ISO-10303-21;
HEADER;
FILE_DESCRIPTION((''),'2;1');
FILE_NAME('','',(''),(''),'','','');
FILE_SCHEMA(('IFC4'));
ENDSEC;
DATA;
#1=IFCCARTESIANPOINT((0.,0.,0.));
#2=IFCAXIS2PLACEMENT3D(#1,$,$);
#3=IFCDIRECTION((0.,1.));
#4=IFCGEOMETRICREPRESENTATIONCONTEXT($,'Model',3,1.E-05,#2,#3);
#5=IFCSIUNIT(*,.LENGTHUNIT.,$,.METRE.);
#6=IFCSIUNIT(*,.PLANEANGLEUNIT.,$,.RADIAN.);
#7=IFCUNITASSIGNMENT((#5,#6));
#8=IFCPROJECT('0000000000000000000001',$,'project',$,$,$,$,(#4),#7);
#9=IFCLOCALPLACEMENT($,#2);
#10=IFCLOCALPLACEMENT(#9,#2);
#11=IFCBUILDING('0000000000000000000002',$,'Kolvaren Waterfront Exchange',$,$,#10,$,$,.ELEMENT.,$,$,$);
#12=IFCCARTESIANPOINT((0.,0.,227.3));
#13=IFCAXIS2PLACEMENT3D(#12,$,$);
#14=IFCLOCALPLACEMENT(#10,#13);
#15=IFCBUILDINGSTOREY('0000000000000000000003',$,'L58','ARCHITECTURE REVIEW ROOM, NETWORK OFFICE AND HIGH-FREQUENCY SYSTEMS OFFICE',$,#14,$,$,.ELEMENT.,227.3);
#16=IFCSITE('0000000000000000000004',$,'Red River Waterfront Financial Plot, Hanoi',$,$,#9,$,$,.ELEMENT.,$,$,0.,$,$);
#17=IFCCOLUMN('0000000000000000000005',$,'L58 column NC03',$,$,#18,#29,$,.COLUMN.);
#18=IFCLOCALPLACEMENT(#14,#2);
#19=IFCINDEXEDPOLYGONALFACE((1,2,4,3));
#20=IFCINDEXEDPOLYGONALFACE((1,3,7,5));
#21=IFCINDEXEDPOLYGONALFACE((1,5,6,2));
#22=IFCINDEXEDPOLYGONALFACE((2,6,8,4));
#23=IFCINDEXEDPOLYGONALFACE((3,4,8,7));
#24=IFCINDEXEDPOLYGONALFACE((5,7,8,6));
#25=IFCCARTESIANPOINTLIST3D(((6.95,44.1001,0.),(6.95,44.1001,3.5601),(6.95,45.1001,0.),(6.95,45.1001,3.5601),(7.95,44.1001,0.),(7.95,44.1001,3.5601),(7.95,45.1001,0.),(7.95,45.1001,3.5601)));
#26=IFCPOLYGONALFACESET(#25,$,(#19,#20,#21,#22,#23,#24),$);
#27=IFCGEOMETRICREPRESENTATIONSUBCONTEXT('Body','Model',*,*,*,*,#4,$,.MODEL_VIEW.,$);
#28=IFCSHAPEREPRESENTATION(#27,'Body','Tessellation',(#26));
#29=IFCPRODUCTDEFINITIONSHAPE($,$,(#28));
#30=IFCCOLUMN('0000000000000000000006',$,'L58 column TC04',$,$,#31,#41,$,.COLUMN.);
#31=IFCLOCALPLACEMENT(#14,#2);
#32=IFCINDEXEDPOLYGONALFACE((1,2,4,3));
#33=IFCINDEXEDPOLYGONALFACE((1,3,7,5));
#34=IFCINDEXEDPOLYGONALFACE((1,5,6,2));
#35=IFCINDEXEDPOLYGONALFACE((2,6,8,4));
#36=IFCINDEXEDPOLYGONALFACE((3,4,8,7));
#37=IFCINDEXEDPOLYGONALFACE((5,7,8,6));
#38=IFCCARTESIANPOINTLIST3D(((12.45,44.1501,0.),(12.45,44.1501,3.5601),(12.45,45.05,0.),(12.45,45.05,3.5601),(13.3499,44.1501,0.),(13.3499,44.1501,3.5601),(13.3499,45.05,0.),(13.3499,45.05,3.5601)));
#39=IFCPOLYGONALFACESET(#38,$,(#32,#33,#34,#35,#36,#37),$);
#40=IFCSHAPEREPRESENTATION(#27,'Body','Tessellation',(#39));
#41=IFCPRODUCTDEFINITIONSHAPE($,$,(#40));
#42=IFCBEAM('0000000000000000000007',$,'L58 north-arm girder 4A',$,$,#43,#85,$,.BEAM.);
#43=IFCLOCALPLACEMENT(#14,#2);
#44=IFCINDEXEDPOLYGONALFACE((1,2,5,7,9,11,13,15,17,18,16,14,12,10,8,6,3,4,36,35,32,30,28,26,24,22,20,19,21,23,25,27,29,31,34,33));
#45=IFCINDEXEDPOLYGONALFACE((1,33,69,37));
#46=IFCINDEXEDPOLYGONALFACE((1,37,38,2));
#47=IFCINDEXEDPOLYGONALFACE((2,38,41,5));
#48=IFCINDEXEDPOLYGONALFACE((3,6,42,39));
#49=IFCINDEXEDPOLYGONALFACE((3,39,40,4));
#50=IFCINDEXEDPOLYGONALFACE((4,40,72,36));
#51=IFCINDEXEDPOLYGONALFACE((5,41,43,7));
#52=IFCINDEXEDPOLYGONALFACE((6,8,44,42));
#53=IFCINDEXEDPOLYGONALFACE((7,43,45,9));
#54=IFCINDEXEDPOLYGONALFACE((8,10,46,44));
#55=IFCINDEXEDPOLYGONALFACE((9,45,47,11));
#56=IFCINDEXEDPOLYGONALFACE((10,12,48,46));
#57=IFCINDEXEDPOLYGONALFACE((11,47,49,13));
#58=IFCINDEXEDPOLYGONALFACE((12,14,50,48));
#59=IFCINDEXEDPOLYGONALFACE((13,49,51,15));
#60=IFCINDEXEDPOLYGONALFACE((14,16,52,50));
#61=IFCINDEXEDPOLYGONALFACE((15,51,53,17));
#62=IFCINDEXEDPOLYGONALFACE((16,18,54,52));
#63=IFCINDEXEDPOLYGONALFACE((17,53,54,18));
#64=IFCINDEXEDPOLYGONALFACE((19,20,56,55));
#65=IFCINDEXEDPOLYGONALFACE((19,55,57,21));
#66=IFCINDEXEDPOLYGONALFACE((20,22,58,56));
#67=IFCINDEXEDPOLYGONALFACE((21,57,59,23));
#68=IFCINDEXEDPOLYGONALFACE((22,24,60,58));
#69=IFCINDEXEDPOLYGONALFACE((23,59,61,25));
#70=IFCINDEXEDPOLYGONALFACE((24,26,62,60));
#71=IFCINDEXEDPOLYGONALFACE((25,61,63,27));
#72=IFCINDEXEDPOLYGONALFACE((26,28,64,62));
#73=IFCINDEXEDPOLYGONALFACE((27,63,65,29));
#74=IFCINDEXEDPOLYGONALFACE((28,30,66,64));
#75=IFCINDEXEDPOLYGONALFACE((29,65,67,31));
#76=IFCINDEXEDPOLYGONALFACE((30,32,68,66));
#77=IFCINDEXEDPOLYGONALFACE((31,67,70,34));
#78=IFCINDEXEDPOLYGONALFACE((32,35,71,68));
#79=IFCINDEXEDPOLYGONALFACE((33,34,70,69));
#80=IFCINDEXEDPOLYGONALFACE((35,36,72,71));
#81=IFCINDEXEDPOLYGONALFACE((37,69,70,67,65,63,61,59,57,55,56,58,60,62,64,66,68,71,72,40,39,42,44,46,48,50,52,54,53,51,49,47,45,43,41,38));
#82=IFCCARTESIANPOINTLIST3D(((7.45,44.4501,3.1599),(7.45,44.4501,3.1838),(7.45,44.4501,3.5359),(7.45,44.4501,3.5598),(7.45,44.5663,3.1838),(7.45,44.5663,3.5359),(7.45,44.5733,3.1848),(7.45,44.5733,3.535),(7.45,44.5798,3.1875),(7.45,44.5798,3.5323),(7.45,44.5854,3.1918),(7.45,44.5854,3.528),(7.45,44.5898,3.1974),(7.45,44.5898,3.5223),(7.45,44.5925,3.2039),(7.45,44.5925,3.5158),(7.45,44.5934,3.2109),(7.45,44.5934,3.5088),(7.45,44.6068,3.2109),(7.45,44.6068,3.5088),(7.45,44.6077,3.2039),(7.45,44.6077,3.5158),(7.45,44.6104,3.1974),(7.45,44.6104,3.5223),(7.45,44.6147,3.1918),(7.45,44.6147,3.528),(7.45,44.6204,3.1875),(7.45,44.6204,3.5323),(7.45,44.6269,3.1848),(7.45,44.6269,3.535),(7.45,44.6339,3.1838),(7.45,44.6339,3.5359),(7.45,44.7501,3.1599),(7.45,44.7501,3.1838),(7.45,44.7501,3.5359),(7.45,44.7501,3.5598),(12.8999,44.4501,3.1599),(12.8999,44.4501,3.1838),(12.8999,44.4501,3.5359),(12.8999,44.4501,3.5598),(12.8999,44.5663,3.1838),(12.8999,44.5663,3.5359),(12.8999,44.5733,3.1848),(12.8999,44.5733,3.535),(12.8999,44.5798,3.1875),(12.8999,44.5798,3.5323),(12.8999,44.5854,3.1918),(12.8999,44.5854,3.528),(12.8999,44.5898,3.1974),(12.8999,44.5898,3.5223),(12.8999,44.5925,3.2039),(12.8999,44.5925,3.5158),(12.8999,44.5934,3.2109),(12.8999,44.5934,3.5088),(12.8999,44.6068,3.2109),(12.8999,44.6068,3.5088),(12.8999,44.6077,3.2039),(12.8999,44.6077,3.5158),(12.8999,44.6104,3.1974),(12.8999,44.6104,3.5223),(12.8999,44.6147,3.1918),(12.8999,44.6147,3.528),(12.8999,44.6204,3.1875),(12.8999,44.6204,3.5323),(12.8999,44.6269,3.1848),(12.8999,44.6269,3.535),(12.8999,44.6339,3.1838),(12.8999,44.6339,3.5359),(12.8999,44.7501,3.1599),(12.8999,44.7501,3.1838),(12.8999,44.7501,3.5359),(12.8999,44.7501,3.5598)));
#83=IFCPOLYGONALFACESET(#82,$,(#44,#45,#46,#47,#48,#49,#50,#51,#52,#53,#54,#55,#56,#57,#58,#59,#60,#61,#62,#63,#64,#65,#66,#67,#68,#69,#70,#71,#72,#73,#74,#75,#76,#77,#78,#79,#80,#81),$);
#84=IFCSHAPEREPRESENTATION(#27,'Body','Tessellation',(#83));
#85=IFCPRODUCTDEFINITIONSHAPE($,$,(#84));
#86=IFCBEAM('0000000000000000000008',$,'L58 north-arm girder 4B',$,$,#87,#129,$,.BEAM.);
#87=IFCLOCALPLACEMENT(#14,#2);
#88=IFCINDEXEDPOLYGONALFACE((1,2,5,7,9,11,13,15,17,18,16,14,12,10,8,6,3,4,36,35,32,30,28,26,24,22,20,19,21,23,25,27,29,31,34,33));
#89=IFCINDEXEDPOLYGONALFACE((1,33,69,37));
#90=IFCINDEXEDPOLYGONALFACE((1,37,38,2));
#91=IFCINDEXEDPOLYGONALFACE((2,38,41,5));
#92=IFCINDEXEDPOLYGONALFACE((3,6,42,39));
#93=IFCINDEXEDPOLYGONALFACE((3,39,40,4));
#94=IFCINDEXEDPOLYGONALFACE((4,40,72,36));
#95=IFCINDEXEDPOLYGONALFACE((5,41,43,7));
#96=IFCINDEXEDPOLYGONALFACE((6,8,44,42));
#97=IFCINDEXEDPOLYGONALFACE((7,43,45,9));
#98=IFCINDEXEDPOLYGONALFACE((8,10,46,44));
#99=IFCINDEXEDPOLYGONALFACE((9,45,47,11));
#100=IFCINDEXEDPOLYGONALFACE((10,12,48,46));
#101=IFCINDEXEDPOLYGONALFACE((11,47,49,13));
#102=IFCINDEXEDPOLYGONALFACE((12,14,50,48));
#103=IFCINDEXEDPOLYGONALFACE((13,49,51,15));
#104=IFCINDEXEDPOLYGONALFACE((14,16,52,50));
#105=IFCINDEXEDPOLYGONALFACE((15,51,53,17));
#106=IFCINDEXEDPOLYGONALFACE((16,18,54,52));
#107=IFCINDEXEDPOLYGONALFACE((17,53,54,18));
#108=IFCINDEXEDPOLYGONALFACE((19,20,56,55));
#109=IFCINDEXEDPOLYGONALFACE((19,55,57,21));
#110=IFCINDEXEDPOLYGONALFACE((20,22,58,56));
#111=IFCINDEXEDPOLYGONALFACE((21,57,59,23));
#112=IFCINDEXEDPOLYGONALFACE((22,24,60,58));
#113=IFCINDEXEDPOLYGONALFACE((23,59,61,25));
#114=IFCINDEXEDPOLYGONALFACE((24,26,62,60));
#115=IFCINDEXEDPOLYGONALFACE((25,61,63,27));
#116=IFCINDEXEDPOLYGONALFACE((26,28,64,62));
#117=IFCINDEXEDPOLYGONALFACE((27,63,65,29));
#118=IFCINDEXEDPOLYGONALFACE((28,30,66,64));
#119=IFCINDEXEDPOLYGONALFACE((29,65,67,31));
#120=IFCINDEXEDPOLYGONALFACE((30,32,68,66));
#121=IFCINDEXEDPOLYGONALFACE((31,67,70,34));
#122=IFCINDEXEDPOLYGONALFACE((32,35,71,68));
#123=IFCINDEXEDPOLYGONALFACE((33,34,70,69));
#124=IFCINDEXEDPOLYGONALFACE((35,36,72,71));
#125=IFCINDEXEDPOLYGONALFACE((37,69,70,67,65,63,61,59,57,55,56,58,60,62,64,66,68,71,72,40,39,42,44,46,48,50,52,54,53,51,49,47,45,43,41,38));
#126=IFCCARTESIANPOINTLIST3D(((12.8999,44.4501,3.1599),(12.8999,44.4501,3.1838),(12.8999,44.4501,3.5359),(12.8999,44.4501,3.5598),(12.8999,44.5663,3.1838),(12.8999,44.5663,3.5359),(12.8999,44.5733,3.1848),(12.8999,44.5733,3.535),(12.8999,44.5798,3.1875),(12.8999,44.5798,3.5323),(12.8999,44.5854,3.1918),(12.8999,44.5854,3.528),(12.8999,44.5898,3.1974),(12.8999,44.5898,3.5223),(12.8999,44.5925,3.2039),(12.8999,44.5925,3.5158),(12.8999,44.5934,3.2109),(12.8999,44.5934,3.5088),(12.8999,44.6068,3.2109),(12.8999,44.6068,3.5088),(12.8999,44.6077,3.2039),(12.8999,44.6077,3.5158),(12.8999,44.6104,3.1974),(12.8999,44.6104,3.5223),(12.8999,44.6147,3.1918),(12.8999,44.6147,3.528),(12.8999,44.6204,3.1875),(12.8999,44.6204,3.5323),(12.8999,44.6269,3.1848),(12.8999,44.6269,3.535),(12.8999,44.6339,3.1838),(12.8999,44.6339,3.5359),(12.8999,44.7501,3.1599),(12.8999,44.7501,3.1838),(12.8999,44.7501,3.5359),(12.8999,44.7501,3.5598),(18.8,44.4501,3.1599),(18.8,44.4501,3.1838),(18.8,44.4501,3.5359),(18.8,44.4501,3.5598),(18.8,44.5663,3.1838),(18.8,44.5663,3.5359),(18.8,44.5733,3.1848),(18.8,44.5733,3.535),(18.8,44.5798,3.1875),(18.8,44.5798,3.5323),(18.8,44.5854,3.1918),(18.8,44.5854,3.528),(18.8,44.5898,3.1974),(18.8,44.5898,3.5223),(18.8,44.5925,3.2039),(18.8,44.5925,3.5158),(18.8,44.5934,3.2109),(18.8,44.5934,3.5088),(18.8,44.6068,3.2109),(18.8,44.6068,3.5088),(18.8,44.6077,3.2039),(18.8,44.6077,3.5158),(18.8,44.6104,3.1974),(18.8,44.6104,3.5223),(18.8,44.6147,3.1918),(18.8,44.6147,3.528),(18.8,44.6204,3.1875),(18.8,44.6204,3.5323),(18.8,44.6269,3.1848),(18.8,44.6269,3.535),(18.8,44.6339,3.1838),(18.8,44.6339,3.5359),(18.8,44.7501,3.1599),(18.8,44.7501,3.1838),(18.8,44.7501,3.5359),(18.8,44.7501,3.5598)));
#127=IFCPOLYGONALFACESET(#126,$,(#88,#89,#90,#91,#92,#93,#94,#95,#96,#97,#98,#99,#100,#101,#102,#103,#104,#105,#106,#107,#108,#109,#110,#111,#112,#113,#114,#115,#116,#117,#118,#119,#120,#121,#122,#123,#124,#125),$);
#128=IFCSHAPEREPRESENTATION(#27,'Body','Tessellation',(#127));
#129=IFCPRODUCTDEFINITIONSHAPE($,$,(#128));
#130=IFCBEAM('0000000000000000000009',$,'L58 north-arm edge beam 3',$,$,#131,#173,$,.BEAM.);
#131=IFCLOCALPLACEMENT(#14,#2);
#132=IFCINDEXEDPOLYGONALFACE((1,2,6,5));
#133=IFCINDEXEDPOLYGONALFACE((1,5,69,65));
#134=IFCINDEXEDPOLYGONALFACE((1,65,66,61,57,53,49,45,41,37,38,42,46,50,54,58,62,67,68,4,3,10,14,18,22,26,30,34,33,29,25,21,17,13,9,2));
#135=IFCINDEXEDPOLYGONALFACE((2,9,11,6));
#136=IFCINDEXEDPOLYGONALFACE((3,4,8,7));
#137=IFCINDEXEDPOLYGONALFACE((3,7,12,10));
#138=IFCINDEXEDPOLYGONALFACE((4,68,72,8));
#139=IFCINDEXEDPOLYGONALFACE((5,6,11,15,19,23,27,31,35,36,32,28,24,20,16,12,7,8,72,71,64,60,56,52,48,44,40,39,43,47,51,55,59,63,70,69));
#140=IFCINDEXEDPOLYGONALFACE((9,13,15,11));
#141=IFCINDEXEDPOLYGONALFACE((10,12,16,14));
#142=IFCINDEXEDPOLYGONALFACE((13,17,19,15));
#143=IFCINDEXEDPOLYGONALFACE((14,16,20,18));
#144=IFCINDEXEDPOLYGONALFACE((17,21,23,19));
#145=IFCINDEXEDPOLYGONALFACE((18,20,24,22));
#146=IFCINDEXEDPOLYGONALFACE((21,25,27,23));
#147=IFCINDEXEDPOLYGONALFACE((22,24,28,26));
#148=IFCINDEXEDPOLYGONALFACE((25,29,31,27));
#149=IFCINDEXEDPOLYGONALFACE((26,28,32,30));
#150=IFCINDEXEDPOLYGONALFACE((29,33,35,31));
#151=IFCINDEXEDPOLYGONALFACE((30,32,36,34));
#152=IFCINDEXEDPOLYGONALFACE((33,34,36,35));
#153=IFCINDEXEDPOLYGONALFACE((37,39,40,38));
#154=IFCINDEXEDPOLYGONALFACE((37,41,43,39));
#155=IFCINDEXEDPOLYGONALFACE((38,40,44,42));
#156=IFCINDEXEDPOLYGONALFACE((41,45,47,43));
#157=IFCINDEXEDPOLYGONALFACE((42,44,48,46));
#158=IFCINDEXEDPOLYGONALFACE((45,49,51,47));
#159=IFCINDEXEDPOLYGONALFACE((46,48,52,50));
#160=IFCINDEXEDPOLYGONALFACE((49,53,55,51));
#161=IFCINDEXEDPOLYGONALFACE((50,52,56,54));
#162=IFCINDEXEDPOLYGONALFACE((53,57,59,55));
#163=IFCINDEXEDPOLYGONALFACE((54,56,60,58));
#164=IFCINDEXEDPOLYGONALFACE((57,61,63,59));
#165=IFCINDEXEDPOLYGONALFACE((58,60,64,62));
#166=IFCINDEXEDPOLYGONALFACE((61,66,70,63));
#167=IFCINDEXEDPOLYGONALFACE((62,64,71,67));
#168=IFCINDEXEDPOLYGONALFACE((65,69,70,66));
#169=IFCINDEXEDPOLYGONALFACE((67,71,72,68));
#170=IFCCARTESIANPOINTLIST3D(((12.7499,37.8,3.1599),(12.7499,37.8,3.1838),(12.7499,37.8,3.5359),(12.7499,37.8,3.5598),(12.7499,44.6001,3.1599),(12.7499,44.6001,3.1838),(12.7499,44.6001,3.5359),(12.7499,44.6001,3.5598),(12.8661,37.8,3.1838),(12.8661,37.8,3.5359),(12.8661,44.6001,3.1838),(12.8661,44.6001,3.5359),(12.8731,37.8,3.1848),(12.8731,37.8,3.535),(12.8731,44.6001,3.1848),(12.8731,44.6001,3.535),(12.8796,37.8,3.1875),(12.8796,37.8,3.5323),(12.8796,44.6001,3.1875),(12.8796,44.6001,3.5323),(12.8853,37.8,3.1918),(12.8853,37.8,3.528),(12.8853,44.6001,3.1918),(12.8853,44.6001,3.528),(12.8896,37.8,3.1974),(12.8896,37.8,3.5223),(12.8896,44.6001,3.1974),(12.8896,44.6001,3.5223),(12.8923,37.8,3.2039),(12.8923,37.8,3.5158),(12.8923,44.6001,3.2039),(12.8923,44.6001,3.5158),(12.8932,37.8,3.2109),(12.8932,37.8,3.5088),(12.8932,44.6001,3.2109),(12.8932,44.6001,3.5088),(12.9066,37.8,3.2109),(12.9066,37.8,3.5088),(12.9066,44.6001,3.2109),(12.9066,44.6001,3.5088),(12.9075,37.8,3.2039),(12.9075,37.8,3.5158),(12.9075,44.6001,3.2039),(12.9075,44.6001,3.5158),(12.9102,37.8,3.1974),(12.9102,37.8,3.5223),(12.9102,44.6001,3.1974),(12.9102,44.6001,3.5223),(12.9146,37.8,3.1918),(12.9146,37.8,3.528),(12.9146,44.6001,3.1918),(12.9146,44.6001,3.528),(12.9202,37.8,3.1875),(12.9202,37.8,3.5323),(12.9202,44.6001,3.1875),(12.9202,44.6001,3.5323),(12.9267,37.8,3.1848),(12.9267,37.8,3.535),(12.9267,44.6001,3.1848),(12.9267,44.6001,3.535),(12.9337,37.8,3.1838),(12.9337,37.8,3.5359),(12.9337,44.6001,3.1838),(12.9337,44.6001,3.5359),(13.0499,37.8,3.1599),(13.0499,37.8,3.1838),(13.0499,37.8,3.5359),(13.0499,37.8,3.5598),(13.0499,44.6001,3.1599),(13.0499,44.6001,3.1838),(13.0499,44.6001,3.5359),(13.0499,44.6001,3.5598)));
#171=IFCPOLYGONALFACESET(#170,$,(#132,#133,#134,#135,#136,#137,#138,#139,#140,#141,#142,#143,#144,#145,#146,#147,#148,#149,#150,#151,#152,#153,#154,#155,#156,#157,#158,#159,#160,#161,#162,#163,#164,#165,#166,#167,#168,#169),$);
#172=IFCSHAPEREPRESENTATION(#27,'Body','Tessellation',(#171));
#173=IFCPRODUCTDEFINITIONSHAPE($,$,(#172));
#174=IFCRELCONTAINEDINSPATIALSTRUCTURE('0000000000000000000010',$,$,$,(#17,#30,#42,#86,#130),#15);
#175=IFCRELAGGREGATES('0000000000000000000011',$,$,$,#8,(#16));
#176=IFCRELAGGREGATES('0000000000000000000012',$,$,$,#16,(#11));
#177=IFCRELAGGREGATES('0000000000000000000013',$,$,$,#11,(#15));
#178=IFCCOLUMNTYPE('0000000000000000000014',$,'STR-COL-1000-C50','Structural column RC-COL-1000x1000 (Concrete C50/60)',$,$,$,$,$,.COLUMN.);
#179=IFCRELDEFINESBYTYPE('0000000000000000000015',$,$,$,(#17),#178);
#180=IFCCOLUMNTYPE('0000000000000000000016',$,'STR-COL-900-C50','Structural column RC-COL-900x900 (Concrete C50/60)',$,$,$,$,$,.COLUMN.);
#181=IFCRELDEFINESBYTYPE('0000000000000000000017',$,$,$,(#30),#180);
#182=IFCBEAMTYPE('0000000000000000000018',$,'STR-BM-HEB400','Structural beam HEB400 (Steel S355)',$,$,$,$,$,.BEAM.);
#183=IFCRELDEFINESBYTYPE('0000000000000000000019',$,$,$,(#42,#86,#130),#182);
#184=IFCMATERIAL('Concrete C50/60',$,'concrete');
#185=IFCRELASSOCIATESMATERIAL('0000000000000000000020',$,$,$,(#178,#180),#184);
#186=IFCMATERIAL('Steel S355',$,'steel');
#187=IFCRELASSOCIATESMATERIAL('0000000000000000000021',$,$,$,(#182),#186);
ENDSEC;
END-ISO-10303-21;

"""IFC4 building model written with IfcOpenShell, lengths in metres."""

from ifc_helpers import new_model, si_unit, direction, frame, origin, origin_2d, place, context, subcontext, project, spatial, rectangle, i_section, extrude, material, material_profile, profile_set, type_object, element, save


model = new_model("IFC4")

# Units and contexts
model_context = context("Model", 3, precision=1e-05, world=origin(), true_north=direction((0.0, 1.0)))
body_context = subcontext(model_context, "Body", "Model", "MODEL_VIEW")
ifc_project = project(units=[si_unit("LENGTHUNIT", "METRE"), si_unit("PLANEANGLEUNIT", "RADIAN")], contexts=[model_context])

# Site, building, storey
site_placement = place(None, origin())
site = spatial("IfcSite", under=ifc_project, at=site_placement, Name="Red River Waterfront Financial Plot, Hanoi", CompositionType="ELEMENT", RefElevation=0.0)
building_placement = place(site_placement, origin())
building = spatial("IfcBuilding", under=site, at=building_placement, Name="Kolvaren Waterfront Exchange", CompositionType="ELEMENT")
storey_placement = place(building_placement, frame((0.0, 0.0, 227.3)))
storey = spatial("IfcBuildingStorey", under=building, at=storey_placement, Name="L58", Description="ARCHITECTURE REVIEW ROOM, NETWORK OFFICE AND HIGH-FREQUENCY SYSTEMS OFFICE", CompositionType="ELEMENT", Elevation=227.3)

# Columns
ifc_material_1 = material(Name="Concrete C50/60", Category="concrete")
ifc_material_profile_1 = material_profile(ifc_material_1, rectangle(XDim=1.0, YDim=1.0, at=origin_2d()), Name="RC-COL-1000x1000")
ifc_profile_set_1 = profile_set([ifc_material_profile_1], Name="Concrete C50/60")
column_type_1 = type_object("IfcColumnType", Name="STR-COL-1000-C50", Description="Structural column RC-COL-1000x1000 (Concrete C50/60)", PredefinedType="COLUMN", material=ifc_profile_set_1)
column_1_placement = place(storey_placement, frame((7.45, 44.6001, 0.0), z_axis=(0.0, 0.0, 1.0), x_axis=(1.0, 0.0, 0.0)))
element("IfcColumn", 1, at=column_1_placement, inside=storey, type_object=column_type_1, Name="L58 column NC03", PredefinedType="COLUMN", context=body_context, shape_type="SweptSolid", body=[
    extrude(rectangle(XDim=1.0, YDim=1.0, at=origin_2d()), origin(), (0.0, 0.0, 1.0), 3.5601),
])
ifc_material_profile_2 = material_profile(ifc_material_1, rectangle(XDim=0.8999, YDim=0.8999, at=origin_2d()), Name="RC-COL-900x900")
ifc_profile_set_2 = profile_set([ifc_material_profile_2], Name="Concrete C50/60")
column_type_2 = type_object("IfcColumnType", Name="STR-COL-900-C50", Description="Structural column RC-COL-900x900 (Concrete C50/60)", PredefinedType="COLUMN", material=ifc_profile_set_2)
column_2_placement = place(storey_placement, frame((12.8999, 44.6001, 0.0), z_axis=(0.0, 0.0, 1.0), x_axis=(1.0, 0.0, 0.0)))
element("IfcColumn", 2, at=column_2_placement, inside=storey, type_object=column_type_2, Name="L58 column TC04", PredefinedType="COLUMN", context=body_context, shape_type="SweptSolid", body=[
    extrude(rectangle(XDim=0.8999, YDim=0.8999, at=origin_2d()), origin(), (0.0, 0.0, 1.0), 3.5601),
])

# Beams
ifc_material_2 = material(Name="Steel S355", Category="steel")
ifc_material_profile_3 = material_profile(ifc_material_2, i_section(OverallWidth=0.3, OverallDepth=0.3999, WebThickness=0.0134, FlangeThickness=0.0239, FilletRadius=0.0271, at=origin_2d()), Name="HEB400")
ifc_profile_set_3 = profile_set([ifc_material_profile_3], Name="Steel S355")
beam_type_1 = type_object("IfcBeamType", Name="STR-BM-HEB400", Description="Structural beam HEB400 (Steel S355)", PredefinedType="BEAM", material=ifc_profile_set_3)
beam_1_placement = place(storey_placement, frame((7.45, 44.6001, 3.3599), z_axis=(1.0, 0.0, 0.0), x_axis=(0.0, 1.0, 0.0)))
element("IfcBeam", 3, at=beam_1_placement, inside=storey, type_object=beam_type_1, Name="L58 north-arm girder 4A", PredefinedType="BEAM", context=body_context, shape_type="SweptSolid", body=[
    extrude(i_section(OverallWidth=0.3, OverallDepth=0.3999, WebThickness=0.0134, FlangeThickness=0.0239, FilletRadius=0.0271, at=origin_2d()), origin(), (0.0, 0.0, 1.0), 5.45),
])
beam_2_placement = place(storey_placement, frame((12.8999, 44.6001, 3.3599), z_axis=(1.0, 0.0, 0.0), x_axis=(0.0, 1.0, 0.0)))
element("IfcBeam", 4, at=beam_2_placement, inside=storey, type_object=beam_type_1, Name="L58 north-arm girder 4B", PredefinedType="BEAM", context=body_context, shape_type="SweptSolid", body=[
    extrude(i_section(OverallWidth=0.3, OverallDepth=0.3999, WebThickness=0.0134, FlangeThickness=0.0239, FilletRadius=0.0271, at=origin_2d()), origin(), (0.0, 0.0, 1.0), 5.9001),
])
beam_3_placement = place(storey_placement, frame((12.8999, 37.8, 3.3599), z_axis=(0.0, 1.0, 0.0), x_axis=(-1.0, 0.0, 0.0)))
element("IfcBeam", 5, at=beam_3_placement, inside=storey, type_object=beam_type_1, Name="L58 north-arm edge beam 3", PredefinedType="BEAM", context=body_context, shape_type="SweptSolid", body=[
    extrude(i_section(OverallWidth=0.3, OverallDepth=0.3999, WebThickness=0.0134, FlangeThickness=0.0239, FilletRadius=0.0271, at=origin_2d()), origin(), (0.0, 0.0, 1.0), 6.8),
])

save(model, "model.ifc")
